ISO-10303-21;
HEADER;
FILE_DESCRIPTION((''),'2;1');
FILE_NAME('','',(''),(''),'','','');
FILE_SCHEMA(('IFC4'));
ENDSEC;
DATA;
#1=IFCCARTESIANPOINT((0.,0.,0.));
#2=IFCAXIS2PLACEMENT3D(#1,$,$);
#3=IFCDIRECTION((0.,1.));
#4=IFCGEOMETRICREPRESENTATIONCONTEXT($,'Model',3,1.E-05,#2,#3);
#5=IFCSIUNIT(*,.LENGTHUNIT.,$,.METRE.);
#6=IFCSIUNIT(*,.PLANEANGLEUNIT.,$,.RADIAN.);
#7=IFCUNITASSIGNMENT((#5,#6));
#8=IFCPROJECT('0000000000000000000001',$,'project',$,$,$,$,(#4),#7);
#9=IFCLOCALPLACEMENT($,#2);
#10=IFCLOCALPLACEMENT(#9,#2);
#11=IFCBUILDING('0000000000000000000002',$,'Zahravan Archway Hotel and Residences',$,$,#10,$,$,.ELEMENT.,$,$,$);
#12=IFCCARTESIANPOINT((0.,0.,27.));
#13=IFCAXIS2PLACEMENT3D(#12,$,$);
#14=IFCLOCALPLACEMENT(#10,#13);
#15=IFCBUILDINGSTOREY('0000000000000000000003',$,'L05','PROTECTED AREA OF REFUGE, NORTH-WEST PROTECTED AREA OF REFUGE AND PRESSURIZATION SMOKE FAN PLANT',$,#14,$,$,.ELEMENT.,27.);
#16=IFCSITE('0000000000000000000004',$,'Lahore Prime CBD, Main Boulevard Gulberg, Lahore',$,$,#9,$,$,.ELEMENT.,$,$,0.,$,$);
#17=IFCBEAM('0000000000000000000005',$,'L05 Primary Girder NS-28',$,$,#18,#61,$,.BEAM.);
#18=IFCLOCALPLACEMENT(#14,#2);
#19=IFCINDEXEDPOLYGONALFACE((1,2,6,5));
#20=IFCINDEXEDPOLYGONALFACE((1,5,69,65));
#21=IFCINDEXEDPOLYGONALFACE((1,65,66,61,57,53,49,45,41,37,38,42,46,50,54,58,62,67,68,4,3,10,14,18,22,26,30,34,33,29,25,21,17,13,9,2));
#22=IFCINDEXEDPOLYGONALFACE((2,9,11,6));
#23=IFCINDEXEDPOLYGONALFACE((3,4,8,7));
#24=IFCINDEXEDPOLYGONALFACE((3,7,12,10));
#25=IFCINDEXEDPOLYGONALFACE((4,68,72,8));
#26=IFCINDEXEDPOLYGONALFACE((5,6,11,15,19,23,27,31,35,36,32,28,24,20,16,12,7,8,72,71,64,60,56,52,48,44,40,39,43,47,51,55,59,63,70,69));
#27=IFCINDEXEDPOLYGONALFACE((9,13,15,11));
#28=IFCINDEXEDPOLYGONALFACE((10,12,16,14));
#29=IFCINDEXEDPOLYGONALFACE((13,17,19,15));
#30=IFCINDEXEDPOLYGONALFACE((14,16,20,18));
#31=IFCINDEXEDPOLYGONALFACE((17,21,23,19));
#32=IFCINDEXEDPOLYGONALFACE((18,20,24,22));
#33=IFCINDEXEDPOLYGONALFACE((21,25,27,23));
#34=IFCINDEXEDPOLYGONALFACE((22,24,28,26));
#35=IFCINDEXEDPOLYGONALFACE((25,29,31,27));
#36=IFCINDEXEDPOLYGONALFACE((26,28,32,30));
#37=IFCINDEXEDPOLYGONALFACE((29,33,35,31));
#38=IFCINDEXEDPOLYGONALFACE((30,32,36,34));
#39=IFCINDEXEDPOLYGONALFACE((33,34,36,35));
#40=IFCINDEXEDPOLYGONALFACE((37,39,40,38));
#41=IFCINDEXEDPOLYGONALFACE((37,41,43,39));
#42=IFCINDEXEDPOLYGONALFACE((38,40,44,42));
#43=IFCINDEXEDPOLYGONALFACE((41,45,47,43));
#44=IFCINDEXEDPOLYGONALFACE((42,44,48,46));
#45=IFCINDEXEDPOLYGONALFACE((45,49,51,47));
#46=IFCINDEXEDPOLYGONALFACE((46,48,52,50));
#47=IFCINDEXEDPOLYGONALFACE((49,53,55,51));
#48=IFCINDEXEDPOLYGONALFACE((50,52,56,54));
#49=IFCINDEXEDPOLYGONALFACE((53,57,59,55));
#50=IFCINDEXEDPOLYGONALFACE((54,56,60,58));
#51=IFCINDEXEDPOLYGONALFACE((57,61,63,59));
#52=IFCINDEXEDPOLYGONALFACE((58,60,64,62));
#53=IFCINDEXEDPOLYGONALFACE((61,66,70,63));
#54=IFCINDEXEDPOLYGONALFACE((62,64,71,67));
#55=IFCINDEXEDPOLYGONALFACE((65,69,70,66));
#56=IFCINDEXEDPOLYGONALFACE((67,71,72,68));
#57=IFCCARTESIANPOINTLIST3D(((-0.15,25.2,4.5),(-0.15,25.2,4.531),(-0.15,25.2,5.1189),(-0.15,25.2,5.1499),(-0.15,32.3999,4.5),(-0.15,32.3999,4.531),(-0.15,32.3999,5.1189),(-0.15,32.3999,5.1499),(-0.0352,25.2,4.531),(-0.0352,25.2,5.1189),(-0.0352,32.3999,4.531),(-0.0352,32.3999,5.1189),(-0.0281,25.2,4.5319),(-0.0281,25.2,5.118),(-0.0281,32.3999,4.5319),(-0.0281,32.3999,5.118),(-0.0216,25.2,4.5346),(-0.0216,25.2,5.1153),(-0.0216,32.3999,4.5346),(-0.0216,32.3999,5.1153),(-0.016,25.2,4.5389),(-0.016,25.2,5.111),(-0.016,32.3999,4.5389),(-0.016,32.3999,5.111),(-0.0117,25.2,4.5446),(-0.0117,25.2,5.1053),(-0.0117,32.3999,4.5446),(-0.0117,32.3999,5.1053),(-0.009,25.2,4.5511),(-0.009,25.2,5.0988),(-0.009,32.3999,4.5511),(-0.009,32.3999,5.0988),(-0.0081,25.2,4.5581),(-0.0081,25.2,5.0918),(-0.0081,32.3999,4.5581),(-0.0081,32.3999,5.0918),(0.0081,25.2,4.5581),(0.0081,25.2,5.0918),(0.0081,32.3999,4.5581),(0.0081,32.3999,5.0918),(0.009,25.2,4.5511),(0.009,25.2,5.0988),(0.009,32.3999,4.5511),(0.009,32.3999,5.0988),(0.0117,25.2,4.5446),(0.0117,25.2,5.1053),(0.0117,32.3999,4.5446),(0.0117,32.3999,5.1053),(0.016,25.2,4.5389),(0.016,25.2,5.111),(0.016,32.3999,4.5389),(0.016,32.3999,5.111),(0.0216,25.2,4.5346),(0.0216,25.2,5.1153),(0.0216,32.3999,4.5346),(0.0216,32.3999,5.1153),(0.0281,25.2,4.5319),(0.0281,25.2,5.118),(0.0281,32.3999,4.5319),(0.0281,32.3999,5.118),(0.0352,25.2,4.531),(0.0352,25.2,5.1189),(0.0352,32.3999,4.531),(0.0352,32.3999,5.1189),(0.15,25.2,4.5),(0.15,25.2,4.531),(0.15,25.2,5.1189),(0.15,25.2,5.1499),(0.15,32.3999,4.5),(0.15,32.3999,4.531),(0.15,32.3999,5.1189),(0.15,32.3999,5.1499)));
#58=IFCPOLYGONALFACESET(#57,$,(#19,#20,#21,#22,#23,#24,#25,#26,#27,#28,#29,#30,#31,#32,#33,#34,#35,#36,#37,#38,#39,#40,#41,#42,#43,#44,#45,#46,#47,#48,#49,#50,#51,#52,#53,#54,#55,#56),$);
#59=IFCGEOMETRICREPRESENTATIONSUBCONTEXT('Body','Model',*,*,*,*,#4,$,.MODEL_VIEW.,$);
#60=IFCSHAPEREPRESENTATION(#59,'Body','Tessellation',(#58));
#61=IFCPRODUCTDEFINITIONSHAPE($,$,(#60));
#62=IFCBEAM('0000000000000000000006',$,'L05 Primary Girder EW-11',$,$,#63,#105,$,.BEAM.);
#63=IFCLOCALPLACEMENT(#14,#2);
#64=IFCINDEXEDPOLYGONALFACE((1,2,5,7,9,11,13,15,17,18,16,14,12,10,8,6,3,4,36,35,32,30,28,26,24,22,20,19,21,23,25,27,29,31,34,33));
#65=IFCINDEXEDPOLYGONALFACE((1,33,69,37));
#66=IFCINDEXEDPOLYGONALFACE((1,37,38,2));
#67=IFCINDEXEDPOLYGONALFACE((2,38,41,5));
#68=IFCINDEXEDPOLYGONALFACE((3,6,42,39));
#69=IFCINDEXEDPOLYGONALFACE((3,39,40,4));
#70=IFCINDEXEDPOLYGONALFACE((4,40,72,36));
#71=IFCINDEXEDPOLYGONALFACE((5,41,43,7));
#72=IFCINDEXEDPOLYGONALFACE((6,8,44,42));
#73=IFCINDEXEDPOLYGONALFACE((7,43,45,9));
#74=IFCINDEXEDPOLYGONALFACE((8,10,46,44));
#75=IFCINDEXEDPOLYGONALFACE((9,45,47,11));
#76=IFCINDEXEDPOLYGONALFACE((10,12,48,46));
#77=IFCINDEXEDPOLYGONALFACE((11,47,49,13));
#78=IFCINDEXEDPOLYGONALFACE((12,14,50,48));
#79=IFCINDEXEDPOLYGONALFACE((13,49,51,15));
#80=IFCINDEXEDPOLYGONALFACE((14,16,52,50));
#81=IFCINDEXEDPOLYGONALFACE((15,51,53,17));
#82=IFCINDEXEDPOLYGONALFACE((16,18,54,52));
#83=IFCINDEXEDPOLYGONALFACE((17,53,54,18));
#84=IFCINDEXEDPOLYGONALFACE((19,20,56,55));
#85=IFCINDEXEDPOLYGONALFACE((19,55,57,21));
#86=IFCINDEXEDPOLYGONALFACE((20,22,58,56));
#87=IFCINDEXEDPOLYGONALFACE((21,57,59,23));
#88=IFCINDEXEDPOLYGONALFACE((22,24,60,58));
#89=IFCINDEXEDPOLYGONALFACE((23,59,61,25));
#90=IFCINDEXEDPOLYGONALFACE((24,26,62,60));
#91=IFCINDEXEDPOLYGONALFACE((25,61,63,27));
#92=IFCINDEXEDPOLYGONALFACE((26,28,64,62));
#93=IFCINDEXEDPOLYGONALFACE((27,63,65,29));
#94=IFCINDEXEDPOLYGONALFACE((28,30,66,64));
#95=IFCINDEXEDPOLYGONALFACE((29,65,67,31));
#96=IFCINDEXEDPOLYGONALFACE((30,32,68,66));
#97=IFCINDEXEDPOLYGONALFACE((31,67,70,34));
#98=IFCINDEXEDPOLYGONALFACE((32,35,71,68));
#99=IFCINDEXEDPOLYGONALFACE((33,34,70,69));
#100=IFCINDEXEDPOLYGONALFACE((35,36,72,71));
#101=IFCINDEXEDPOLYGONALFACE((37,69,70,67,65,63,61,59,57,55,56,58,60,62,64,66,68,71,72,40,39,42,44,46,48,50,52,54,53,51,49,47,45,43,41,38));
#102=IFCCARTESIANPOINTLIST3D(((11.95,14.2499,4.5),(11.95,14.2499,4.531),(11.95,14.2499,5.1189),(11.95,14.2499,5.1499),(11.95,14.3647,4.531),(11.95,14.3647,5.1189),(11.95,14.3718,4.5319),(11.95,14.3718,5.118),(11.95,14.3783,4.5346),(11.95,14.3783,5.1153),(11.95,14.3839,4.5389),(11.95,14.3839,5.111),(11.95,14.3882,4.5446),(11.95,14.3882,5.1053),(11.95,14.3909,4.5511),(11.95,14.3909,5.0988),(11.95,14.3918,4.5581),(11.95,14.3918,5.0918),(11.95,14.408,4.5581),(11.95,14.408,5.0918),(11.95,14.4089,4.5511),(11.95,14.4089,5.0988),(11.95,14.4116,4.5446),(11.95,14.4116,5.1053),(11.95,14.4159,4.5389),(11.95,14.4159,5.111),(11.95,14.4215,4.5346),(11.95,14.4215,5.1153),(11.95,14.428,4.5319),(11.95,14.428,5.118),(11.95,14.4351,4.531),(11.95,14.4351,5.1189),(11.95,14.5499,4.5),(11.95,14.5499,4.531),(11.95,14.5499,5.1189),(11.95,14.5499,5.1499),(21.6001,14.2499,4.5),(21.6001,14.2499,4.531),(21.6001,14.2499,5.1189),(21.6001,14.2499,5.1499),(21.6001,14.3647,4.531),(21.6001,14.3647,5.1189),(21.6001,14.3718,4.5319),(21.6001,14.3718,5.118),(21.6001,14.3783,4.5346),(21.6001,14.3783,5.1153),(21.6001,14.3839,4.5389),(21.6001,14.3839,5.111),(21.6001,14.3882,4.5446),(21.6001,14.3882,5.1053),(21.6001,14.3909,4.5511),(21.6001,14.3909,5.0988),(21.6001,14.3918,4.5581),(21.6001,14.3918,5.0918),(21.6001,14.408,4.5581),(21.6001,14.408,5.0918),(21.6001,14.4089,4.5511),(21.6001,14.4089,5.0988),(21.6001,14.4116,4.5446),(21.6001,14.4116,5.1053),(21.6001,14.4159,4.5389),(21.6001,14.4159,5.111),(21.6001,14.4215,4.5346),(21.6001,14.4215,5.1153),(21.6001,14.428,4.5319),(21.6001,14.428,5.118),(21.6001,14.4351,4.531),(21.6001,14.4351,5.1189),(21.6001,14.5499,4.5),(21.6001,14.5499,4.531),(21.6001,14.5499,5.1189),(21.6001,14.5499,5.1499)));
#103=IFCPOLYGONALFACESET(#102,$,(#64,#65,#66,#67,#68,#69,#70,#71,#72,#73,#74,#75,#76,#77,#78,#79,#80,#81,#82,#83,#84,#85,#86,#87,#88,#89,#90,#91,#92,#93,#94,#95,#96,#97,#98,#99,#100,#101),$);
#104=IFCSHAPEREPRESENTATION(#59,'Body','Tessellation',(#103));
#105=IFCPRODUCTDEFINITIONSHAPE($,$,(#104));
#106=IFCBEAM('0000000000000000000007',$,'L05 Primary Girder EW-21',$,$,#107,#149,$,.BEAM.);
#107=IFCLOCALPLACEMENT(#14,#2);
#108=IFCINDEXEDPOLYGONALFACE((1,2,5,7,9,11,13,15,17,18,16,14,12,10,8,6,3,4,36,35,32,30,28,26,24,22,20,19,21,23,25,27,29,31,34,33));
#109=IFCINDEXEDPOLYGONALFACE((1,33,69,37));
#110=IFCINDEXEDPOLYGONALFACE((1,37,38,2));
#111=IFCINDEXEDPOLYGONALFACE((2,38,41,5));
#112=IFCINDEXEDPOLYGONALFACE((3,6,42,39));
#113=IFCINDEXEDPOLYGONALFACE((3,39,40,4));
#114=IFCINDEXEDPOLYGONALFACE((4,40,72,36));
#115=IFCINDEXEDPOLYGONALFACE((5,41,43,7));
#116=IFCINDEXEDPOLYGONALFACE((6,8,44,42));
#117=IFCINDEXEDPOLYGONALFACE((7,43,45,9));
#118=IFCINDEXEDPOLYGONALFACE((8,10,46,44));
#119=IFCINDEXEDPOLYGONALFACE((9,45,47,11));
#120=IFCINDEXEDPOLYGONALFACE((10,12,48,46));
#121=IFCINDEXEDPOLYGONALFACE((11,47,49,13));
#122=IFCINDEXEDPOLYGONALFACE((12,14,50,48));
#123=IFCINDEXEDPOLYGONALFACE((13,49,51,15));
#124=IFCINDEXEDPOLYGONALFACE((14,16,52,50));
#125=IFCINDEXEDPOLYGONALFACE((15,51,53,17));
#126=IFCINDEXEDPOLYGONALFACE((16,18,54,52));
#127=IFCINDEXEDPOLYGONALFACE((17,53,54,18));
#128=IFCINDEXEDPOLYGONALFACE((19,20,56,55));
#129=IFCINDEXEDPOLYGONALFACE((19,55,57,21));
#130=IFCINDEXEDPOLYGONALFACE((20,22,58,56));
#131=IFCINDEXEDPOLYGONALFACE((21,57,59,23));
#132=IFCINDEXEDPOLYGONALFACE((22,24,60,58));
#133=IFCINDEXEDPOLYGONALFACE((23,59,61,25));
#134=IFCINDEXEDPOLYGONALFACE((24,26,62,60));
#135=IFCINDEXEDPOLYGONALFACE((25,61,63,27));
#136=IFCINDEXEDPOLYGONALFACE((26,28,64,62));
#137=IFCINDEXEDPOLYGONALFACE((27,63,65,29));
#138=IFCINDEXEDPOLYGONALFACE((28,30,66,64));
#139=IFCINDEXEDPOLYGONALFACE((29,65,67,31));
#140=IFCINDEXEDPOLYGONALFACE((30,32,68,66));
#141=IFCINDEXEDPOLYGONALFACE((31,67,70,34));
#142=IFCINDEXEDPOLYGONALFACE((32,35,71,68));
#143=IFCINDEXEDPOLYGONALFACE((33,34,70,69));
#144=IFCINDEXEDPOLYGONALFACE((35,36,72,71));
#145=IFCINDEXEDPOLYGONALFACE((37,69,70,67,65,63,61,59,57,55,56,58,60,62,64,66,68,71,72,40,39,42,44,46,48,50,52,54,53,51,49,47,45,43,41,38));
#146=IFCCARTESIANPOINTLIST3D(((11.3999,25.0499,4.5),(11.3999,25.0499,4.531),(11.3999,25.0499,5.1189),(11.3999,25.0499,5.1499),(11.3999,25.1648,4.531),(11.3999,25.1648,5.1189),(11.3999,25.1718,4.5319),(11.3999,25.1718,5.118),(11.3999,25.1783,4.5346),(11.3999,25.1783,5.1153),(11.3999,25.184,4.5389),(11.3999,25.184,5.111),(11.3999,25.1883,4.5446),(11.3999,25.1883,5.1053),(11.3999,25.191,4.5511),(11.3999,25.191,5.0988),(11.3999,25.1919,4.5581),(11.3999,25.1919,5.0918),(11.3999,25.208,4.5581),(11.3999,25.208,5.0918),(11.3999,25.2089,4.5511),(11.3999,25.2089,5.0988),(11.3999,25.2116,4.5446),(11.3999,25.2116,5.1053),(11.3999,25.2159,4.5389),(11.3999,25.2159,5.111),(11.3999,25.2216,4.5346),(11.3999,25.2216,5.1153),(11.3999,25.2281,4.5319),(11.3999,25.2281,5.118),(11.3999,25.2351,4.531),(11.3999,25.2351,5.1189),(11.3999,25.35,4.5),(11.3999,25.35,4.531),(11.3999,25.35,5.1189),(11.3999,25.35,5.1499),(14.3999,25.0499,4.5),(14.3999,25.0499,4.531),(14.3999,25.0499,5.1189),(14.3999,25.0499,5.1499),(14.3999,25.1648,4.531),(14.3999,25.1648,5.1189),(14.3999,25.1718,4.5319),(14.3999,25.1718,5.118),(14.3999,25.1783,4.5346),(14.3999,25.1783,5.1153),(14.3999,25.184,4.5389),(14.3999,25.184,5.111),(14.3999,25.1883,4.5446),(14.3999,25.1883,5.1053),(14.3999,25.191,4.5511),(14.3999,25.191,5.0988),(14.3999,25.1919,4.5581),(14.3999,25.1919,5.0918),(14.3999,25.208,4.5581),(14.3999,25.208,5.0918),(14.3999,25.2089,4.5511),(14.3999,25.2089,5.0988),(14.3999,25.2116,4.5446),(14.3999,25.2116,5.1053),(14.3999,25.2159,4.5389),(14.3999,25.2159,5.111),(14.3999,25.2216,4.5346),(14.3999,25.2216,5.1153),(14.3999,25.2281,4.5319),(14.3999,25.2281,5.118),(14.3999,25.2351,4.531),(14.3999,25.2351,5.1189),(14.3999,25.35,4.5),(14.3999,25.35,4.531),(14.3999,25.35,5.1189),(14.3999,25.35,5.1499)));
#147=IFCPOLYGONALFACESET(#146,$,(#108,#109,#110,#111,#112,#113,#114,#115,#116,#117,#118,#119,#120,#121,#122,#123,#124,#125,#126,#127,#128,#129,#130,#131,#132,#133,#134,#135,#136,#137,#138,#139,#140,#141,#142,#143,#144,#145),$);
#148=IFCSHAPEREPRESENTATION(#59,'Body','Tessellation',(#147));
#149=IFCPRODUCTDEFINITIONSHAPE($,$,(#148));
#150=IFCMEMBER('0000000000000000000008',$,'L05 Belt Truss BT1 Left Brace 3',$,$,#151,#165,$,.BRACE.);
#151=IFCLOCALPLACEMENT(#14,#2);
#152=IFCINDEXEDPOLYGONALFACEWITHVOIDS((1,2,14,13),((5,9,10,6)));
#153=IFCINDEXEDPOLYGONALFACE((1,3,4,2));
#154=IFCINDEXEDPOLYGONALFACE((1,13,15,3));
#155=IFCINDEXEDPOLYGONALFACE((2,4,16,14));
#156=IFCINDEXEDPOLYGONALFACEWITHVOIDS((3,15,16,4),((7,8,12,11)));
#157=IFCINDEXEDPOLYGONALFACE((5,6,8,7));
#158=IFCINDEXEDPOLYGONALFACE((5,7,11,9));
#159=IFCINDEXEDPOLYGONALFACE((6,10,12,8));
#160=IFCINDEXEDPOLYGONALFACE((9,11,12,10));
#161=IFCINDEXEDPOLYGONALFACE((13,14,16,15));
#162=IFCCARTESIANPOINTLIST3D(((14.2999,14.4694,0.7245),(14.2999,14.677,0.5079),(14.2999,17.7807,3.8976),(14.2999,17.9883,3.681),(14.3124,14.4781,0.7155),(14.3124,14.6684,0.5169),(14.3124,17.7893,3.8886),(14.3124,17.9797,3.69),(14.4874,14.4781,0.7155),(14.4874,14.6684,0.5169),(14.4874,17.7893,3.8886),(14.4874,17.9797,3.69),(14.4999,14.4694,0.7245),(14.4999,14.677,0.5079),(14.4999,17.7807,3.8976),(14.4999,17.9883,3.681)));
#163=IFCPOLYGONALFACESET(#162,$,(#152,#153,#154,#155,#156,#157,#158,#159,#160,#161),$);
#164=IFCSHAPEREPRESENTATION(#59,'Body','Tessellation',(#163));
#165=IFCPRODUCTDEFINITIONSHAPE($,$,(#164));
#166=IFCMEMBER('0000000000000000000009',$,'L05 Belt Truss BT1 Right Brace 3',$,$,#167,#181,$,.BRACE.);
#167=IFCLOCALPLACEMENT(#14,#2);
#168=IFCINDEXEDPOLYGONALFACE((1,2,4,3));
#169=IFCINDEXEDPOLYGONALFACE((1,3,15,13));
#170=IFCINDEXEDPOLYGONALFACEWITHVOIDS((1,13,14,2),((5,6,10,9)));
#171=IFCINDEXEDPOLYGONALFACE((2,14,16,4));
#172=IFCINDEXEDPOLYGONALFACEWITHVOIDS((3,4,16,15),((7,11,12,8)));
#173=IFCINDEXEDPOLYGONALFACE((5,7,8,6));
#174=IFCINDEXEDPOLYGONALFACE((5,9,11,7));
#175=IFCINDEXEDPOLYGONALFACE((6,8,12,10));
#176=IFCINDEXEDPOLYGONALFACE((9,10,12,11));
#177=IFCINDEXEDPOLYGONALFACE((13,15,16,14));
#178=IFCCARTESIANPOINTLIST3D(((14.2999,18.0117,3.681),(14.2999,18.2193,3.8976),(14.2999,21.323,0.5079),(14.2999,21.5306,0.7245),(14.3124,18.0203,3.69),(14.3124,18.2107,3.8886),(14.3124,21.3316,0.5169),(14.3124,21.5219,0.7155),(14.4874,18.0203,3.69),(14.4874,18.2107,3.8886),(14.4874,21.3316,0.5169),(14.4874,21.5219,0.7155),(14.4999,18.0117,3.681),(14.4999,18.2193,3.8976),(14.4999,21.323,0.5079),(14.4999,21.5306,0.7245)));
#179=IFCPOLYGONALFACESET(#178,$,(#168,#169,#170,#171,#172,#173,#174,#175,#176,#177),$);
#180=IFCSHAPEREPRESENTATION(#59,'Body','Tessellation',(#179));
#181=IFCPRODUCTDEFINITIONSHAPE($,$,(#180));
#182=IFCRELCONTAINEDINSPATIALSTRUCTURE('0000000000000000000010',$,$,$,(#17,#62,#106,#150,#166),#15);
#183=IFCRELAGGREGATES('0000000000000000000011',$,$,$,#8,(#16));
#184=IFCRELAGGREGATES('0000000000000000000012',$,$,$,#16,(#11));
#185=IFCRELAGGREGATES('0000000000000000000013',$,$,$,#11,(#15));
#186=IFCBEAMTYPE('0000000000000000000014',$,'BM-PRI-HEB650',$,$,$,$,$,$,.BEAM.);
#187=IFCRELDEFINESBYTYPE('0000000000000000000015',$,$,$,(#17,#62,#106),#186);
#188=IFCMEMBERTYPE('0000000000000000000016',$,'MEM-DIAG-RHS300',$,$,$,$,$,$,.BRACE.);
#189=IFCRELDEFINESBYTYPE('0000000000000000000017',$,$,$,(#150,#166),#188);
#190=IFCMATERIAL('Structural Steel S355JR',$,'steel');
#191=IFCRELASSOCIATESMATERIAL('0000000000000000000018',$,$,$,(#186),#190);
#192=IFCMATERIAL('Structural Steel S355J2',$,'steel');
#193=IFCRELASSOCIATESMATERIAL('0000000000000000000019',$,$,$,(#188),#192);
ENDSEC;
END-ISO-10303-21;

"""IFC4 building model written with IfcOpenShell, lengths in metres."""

from ifc_helpers import new_model, si_unit, direction, frame, origin, origin_2d, place, context, subcontext, project, spatial, hollow_rectangle, i_section, extrude, source, transform, mapped, material, material_profile, profile_set, type_object, type_shapes, element, save


model = new_model("IFC4")

# Units and contexts
model_context = context("Model", 3, precision=1e-05, world=origin(), true_north=direction((0.0, 1.0)))
body_context = subcontext(model_context, "Body", "Model", "MODEL_VIEW")
ifc_project = project(units=[si_unit("LENGTHUNIT", "METRE"), si_unit("PLANEANGLEUNIT", "RADIAN")], contexts=[model_context])

# Site, building, storey
site_placement = place(None, origin())
site = spatial("IfcSite", under=ifc_project, at=site_placement, Name="Lahore Prime CBD, Main Boulevard Gulberg, Lahore", CompositionType="ELEMENT", RefElevation=0.0)
building_placement = place(site_placement, origin())
building = spatial("IfcBuilding", under=site, at=building_placement, Name="Zahravan Archway Hotel and Residences", CompositionType="ELEMENT")
storey_placement = place(building_placement, frame((0.0, 0.0, 27.0)))
storey = spatial("IfcBuildingStorey", under=building, at=storey_placement, Name="L05", Description="PROTECTED AREA OF REFUGE, NORTH-WEST PROTECTED AREA OF REFUGE AND PRESSURIZATION SMOKE FAN PLANT", CompositionType="ELEMENT", Elevation=27.0)

# Beams
ifc_material_1 = material(Name="Structural Steel S355JR", Category="steel")
ifc_material_profile_1 = material_profile(ifc_material_1, i_section(OverallWidth=0.3, OverallDepth=0.6499, WebThickness=0.0161, FlangeThickness=0.031, FilletRadius=0.0271, at=origin_2d()), Name="HEB 650", Category="steel")
ifc_profile_set_1 = profile_set([ifc_material_profile_1], Name="Structural Steel S355JR")
beam_type = type_object("IfcBeamType", Name="BM-PRI-HEB650", PredefinedType="BEAM", material=ifc_profile_set_1)
shared_shape_1 = source(origin(), body_context, "Body", "SweptSolid", [
    extrude(i_section(OverallWidth=0.3, OverallDepth=0.6499, WebThickness=0.0161, FlangeThickness=0.031, FilletRadius=0.0271, at=origin_2d()), origin(), (0.0, 0.0, 1.0), 7.2),
])
beam_1_placement = place(storey_placement, frame((0.0, 25.2, 4.825), z_axis=(0.0, 1.0, 0.0), x_axis=(-1.0, 0.0, 0.0)))
element("IfcBeam", 1, at=beam_1_placement, inside=storey, type_object=beam_type, Name="L05 Primary Girder NS-28", PredefinedType="BEAM", context=body_context, shape_type="MappedRepresentation", body=[
    mapped(shared_shape_1, transform((0.0, 0.0, 0.0), scale=1.0)),
])
shared_shape_2 = source(origin(), body_context, "Body", "SweptSolid", [
    extrude(i_section(OverallWidth=0.3, OverallDepth=0.6499, WebThickness=0.0161, FlangeThickness=0.031, FilletRadius=0.0271, at=origin_2d()), origin(), (0.0, 0.0, 1.0), 9.6501),
])
beam_2_placement = place(storey_placement, frame((11.95, 14.3999, 4.825), z_axis=(1.0, 0.0, 0.0), x_axis=(0.0, 1.0, 0.0)))
element("IfcBeam", 2, at=beam_2_placement, inside=storey, type_object=beam_type, Name="L05 Primary Girder EW-11", PredefinedType="BEAM", context=body_context, shape_type="MappedRepresentation", body=[
    mapped(shared_shape_2, transform((0.0, 0.0, 0.0), scale=1.0)),
])
shared_shape_3 = source(origin(), body_context, "Body", "SweptSolid", [
    extrude(i_section(OverallWidth=0.3, OverallDepth=0.6499, WebThickness=0.0161, FlangeThickness=0.031, FilletRadius=0.0271, at=origin_2d()), origin(), (0.0, 0.0, 1.0), 3.0),
])
beam_3_placement = place(storey_placement, frame((11.3999, 25.2, 4.825), z_axis=(1.0, 0.0, 0.0), x_axis=(0.0, 1.0, 0.0)))
element("IfcBeam", 3, at=beam_3_placement, inside=storey, type_object=beam_type, Name="L05 Primary Girder EW-21", PredefinedType="BEAM", context=body_context, shape_type="MappedRepresentation", body=[
    mapped(shared_shape_3, transform((0.0, 0.0, 0.0), scale=1.0)),
])

# Members
ifc_material_2 = material(Name="Structural Steel S355J2", Category="steel")
ifc_material_profile_2 = material_profile(ifc_material_2, hollow_rectangle(XDim=0.2, YDim=0.3, WallThickness=0.0125, at=origin_2d()), Name="RHS 300x200x12.5", Category="steel")
ifc_profile_set_2 = profile_set([ifc_material_profile_2], Name="Structural Steel S355J2")
member_type_1 = type_object("IfcMemberType", Name="MEM-DIAG-RHS300", PredefinedType="BRACE", material=ifc_profile_set_2)
shared_shape_4 = source(origin(), body_context, "Body", "SweptSolid", [
    extrude(hollow_rectangle(XDim=0.2, YDim=0.3, WallThickness=0.0125, at=origin_2d()), origin(), (0.0, 0.0, 1.0), 4.5862),
])
type_shapes(member_type_1, [shared_shape_4])
for number, where, z_axis, x_axis, name in (
    (4, (14.3999, 14.5732, 0.6162), (0.0, 0.722011, 0.691881), (-1.0, 0.0, 0.0), "L05 Belt Truss BT1 Left Brace 3"),
    (5, (14.3999, 18.1155, 3.7893), (0.0, 0.722011, -0.691881), (-1.0, 0.0, 0.0), "L05 Belt Truss BT1 Right Brace 3"),
):
    element("IfcMember", number, at=place(storey_placement, frame(where, z_axis=z_axis, x_axis=x_axis)), inside=storey, type_object=member_type_1, Name=name, PredefinedType="BRACE", context=body_context, shape_type="MappedRepresentation", body=[
        mapped(shared_shape_4, transform((0.0, 0.0, 0.0), scale=1.0)),
    ])

save(model, "model.ifc")
